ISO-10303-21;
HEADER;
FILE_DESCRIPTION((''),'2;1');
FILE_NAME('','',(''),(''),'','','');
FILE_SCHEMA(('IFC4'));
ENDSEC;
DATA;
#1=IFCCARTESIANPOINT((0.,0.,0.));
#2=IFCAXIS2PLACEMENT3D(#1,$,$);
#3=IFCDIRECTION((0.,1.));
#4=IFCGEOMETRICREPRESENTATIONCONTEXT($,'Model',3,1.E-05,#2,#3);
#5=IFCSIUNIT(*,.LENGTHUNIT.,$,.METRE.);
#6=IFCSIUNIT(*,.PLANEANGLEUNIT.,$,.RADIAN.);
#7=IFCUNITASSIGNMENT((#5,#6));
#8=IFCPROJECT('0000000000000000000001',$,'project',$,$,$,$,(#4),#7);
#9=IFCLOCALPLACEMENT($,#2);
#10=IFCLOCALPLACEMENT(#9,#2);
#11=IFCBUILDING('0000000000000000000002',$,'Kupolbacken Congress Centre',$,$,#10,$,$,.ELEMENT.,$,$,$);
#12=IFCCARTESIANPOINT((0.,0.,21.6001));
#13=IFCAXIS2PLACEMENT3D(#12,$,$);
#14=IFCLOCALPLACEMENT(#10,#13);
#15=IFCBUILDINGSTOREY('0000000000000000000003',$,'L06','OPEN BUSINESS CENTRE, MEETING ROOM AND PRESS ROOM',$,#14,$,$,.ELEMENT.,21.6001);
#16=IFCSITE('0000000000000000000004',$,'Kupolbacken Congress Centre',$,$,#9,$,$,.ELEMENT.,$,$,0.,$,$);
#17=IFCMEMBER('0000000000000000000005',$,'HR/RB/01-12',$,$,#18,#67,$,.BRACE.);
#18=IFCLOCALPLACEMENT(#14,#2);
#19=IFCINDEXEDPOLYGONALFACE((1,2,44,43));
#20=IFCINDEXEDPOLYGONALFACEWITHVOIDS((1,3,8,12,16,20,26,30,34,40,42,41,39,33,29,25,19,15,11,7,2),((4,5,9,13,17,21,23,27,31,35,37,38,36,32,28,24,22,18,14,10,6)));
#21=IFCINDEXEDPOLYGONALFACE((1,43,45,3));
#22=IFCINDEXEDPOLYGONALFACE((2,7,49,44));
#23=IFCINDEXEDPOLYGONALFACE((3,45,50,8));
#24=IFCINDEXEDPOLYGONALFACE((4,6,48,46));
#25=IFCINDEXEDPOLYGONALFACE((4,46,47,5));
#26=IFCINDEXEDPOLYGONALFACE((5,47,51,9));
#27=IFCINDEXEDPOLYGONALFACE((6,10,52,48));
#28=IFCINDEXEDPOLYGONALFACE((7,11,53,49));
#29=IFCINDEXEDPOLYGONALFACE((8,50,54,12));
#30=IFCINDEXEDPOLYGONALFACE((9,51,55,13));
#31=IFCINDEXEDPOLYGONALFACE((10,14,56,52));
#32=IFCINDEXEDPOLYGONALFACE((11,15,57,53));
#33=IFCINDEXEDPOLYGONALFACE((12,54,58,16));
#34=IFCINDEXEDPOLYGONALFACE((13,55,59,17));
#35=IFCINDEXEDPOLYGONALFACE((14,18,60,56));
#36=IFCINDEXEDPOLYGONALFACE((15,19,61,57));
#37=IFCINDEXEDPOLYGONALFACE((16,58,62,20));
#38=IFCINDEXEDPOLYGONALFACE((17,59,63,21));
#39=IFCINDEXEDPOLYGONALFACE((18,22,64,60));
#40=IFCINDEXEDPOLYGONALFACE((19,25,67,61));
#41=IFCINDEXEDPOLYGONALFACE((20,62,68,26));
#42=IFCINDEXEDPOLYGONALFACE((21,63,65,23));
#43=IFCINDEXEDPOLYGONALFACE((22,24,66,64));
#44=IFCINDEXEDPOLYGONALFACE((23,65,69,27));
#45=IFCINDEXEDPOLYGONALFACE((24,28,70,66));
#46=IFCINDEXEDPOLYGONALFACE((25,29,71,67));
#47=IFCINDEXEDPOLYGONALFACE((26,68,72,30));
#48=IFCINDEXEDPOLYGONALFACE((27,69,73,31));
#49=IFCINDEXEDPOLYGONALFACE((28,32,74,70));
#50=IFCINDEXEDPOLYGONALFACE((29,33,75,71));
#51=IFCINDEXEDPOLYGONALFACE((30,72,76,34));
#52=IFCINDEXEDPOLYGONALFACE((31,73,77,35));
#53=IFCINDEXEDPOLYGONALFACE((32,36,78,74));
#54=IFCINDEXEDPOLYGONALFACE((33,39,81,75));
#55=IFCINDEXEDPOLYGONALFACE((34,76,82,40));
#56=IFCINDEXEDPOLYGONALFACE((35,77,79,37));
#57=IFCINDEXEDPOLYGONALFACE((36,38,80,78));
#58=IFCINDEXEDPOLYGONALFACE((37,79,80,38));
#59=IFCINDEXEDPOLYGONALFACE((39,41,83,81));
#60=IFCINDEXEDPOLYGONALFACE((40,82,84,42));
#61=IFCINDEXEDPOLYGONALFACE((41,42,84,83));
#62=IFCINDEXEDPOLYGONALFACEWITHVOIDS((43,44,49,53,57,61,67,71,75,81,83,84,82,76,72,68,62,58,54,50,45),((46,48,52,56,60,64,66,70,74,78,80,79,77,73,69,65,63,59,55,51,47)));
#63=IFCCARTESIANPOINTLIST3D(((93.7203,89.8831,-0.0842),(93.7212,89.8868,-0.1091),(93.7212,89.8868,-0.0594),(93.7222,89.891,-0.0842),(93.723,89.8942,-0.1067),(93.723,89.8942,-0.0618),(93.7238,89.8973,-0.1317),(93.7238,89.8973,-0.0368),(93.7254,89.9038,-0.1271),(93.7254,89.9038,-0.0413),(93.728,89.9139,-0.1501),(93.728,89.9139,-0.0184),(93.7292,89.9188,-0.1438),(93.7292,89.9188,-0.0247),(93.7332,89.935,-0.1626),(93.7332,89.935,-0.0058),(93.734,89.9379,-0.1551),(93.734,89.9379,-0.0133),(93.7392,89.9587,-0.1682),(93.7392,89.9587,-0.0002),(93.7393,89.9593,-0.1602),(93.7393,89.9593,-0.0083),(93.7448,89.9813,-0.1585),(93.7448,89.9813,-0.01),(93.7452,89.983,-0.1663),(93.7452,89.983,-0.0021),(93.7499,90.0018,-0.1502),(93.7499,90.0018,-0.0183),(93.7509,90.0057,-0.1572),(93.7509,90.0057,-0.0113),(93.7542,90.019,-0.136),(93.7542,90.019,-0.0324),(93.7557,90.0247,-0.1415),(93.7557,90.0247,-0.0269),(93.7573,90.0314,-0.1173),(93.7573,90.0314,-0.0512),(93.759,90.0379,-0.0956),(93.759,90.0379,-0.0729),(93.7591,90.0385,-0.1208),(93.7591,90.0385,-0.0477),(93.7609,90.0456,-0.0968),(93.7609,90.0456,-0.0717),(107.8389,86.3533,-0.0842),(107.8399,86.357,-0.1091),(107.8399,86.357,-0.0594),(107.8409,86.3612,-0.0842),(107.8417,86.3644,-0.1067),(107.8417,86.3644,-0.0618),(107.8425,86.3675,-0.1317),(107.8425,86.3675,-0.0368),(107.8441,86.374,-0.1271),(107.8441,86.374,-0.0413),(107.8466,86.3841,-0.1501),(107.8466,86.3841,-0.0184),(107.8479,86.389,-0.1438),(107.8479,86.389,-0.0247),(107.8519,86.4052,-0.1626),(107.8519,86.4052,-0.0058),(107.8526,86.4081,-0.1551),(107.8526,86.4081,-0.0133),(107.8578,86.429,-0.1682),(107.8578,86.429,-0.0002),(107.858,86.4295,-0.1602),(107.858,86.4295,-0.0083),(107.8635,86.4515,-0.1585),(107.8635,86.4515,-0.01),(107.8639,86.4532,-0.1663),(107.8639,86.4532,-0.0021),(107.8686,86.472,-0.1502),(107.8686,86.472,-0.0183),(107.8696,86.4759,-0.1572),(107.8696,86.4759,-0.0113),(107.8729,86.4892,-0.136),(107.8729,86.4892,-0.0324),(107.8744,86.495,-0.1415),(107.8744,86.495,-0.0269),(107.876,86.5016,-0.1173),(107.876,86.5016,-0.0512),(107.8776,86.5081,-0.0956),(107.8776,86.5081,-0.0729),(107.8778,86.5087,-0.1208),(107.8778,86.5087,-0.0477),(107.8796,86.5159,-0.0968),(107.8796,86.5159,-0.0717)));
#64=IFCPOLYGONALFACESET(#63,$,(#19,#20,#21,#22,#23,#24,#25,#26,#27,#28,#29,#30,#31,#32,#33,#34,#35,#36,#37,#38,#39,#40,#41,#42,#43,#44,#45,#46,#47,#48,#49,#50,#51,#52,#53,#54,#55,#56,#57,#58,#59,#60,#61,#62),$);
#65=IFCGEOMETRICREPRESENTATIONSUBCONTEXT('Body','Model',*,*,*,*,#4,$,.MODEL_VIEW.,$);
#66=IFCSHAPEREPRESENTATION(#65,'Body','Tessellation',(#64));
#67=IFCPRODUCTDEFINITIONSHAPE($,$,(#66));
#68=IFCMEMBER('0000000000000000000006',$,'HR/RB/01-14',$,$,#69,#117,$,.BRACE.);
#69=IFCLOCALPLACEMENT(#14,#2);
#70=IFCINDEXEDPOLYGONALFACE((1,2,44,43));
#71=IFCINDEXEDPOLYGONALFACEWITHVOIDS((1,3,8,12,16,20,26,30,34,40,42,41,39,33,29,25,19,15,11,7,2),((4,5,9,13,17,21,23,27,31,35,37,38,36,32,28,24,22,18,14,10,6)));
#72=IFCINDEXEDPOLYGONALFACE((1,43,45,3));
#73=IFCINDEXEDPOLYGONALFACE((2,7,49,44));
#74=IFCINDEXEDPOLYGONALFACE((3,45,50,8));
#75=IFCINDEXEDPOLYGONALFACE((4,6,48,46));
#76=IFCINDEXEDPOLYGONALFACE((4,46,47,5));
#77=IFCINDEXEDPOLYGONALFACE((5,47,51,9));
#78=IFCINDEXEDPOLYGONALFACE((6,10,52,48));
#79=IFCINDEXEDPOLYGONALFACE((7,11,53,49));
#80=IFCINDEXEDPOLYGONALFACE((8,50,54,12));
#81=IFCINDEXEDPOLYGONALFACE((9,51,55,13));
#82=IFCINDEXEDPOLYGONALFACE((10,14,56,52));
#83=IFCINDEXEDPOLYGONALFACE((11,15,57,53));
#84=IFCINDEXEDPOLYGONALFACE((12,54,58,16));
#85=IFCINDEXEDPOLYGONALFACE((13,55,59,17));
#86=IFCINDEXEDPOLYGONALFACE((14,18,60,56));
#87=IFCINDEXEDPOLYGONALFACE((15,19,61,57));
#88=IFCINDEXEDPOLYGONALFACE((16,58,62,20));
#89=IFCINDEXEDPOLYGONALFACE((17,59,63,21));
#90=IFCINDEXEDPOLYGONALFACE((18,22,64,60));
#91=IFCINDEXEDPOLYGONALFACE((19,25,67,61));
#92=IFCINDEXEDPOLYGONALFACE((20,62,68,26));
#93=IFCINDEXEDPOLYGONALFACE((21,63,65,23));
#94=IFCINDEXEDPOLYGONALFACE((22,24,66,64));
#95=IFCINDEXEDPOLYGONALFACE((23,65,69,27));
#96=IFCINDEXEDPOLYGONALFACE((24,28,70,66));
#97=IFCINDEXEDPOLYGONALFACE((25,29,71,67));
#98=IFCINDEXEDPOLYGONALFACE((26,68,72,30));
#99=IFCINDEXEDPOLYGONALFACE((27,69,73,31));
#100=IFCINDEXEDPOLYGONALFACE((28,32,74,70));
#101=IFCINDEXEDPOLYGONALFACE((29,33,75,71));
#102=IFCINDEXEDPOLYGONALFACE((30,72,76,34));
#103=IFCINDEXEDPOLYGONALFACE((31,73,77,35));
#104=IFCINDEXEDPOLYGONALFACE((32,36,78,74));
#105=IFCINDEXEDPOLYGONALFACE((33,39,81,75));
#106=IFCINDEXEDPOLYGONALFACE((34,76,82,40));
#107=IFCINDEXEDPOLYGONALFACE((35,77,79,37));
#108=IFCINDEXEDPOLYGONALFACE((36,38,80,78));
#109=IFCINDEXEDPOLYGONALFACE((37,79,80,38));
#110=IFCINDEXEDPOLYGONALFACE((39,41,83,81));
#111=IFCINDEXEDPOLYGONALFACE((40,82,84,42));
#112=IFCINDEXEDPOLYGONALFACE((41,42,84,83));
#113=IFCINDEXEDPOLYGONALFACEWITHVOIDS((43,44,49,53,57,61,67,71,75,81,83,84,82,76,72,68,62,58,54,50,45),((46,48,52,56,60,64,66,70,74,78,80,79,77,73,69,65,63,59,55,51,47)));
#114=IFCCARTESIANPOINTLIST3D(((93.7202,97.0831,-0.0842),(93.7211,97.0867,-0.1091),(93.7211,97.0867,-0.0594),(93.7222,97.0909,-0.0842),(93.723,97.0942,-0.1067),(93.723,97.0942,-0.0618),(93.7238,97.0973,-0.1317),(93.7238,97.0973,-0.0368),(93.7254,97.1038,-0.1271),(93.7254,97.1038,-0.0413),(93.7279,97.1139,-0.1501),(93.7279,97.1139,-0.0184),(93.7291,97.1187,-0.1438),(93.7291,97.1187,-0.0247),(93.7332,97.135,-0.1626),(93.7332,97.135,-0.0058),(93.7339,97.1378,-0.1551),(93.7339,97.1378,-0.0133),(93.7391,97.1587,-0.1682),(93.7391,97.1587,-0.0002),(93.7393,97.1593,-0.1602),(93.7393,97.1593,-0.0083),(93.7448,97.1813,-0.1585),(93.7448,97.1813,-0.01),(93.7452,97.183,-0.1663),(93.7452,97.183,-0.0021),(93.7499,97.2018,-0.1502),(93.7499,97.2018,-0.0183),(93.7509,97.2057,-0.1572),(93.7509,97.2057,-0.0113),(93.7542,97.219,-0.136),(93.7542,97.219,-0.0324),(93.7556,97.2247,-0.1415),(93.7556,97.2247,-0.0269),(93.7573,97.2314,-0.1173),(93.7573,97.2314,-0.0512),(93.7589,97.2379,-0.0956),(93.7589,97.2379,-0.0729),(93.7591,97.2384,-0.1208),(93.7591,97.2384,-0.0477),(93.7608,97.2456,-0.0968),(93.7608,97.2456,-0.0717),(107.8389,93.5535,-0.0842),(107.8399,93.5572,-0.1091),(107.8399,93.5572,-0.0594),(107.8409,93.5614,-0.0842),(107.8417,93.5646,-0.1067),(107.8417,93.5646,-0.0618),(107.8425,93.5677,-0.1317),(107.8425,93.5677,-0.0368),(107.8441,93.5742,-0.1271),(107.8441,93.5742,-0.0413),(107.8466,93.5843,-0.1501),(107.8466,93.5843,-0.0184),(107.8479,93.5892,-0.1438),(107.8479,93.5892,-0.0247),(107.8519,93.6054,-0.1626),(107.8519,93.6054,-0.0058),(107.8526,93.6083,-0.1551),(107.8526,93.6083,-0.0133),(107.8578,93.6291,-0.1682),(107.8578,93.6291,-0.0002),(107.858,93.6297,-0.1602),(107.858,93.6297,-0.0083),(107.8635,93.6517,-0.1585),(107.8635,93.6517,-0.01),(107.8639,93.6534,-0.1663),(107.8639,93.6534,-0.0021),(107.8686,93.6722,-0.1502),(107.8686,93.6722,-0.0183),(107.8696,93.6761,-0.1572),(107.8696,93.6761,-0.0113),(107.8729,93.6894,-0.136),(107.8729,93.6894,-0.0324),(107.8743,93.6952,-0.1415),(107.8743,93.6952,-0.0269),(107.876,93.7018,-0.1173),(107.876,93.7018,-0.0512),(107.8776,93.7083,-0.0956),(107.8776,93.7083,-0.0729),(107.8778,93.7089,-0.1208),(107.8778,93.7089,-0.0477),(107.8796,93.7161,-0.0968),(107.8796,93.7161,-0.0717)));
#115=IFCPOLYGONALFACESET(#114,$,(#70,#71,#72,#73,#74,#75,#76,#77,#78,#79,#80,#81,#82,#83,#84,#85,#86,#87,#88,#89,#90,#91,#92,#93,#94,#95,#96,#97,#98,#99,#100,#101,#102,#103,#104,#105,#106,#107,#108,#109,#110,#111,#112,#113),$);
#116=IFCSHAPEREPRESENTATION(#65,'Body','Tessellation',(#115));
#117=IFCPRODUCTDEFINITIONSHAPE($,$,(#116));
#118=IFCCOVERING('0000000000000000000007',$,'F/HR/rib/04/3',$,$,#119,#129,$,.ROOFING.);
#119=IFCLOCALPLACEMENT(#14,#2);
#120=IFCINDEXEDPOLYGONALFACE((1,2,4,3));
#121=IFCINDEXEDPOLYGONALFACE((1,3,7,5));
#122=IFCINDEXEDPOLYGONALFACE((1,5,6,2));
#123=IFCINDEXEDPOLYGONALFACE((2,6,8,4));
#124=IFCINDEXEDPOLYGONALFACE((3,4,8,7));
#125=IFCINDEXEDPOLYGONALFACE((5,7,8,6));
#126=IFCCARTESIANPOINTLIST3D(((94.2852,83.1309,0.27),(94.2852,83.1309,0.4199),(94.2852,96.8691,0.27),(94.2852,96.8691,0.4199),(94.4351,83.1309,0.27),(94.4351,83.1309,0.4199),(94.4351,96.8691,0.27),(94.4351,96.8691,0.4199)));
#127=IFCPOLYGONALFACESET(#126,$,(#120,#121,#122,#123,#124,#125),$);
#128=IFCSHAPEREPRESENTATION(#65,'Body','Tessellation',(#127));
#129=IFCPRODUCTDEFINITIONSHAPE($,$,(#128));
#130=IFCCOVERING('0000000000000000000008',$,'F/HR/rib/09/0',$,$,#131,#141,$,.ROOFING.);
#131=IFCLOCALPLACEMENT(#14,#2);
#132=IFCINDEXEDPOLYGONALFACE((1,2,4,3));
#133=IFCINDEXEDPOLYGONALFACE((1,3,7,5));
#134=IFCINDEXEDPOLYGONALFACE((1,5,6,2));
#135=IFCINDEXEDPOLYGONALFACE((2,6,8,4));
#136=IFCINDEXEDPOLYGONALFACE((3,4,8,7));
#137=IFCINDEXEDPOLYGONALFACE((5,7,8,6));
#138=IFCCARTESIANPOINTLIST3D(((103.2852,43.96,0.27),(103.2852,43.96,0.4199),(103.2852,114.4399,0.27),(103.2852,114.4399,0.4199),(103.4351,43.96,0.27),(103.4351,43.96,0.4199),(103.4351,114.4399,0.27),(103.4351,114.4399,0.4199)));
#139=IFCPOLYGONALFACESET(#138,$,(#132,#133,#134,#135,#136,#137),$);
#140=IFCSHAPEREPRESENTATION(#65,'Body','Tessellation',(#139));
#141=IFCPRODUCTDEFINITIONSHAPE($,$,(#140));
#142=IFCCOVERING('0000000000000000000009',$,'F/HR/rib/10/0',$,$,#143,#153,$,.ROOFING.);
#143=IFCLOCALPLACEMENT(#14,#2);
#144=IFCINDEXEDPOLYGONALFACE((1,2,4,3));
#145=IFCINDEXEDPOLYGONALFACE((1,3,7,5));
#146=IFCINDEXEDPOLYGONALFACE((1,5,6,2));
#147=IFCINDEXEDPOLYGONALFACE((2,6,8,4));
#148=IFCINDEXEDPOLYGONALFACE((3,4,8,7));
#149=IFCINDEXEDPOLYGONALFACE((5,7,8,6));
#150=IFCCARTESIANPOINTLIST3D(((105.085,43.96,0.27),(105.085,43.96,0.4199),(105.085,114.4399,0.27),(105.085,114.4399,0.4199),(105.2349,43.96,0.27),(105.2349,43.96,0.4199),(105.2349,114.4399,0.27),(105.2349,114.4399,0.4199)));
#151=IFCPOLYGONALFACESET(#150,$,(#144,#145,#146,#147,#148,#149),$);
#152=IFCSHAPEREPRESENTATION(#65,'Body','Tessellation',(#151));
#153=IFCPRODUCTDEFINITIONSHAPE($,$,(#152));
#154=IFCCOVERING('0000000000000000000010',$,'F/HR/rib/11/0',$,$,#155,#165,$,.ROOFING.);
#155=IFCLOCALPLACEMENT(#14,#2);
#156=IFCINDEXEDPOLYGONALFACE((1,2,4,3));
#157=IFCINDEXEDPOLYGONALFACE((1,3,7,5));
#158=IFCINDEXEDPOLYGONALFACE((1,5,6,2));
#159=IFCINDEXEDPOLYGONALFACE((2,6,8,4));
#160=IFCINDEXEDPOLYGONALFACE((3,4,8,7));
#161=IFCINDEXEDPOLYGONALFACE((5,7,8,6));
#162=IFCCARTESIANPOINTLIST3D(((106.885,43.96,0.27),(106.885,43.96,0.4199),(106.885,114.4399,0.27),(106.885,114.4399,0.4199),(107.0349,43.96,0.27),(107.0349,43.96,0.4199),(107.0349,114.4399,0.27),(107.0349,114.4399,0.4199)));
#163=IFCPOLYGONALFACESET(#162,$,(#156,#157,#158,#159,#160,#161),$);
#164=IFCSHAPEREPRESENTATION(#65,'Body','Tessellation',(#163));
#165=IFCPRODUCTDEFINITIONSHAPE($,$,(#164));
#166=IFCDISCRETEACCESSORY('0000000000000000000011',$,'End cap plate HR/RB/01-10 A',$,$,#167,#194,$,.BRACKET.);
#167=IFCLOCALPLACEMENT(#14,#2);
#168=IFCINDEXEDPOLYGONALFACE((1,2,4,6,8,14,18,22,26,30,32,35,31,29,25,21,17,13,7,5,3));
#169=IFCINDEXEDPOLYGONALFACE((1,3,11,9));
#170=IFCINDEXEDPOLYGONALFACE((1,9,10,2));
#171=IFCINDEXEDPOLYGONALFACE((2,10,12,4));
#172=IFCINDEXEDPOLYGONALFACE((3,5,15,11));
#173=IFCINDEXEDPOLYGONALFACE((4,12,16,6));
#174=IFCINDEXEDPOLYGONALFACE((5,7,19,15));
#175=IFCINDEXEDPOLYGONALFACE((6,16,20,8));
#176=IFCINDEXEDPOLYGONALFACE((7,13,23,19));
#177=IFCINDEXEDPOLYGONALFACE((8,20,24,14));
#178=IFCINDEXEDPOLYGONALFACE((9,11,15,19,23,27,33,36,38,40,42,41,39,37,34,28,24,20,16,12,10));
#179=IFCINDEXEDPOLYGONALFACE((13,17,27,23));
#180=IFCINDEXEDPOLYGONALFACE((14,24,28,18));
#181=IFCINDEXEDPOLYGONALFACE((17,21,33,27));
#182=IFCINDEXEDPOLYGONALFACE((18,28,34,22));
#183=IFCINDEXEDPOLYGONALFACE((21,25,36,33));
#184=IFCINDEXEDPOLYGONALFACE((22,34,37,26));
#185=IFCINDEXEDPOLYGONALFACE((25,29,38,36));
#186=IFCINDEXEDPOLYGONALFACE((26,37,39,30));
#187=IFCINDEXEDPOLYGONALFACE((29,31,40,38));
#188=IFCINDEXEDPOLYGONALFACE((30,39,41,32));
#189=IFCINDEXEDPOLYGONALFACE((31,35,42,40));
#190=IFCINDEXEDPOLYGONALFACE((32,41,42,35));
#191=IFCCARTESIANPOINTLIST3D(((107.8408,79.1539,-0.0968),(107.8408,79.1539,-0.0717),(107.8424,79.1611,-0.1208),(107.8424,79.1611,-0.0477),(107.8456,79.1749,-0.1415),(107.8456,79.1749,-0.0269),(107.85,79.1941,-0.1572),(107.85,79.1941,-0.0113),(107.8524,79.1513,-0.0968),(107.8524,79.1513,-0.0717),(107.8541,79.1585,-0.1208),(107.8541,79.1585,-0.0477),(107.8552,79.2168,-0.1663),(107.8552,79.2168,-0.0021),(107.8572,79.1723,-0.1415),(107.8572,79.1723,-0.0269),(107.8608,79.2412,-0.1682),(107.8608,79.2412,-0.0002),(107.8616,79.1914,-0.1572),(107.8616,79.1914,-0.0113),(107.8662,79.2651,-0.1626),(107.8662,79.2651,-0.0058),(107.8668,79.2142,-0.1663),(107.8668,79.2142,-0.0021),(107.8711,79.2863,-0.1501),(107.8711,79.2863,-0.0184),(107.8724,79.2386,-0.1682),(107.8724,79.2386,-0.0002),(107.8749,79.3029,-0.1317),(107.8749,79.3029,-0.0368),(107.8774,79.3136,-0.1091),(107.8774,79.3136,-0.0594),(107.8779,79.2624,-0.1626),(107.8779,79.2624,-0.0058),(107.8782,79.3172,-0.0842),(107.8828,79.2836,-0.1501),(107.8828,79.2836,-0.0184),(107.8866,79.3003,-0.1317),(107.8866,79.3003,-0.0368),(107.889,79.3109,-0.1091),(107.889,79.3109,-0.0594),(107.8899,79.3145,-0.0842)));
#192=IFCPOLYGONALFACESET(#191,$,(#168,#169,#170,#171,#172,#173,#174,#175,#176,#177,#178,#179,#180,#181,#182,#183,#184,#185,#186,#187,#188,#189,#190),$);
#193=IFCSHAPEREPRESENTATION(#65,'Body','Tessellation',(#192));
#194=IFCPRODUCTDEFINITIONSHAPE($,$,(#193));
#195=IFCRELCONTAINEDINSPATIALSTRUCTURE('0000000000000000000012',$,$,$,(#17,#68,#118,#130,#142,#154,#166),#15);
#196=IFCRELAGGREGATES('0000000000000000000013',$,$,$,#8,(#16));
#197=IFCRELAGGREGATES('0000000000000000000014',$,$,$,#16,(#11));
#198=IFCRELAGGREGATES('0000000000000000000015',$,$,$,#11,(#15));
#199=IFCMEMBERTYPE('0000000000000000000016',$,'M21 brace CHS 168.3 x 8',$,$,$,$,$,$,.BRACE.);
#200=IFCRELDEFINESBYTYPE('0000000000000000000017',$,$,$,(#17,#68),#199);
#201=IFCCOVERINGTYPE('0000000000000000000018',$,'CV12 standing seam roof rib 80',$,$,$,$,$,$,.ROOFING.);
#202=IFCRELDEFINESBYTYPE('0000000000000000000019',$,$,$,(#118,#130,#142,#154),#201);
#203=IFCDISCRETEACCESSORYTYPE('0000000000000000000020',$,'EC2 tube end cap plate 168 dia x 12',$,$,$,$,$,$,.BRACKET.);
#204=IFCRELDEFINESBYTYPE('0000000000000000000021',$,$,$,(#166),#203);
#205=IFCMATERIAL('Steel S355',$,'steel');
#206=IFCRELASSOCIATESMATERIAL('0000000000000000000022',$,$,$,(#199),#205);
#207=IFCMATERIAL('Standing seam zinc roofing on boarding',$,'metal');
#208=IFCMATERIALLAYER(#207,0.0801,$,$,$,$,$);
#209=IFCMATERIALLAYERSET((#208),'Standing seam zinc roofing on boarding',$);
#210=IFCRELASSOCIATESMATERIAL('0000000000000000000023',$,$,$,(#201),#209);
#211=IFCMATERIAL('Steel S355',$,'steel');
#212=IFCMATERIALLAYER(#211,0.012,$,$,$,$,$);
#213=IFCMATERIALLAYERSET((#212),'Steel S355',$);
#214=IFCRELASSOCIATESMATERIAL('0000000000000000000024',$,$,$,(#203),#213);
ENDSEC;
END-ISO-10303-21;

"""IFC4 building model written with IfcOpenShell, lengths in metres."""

from ifc_helpers import new_model, si_unit, direction, frame, origin, origin_2d, place, context, subcontext, project, spatial, rectangle, circle, hollow_circle, extrude, material, layer, layer_set, material_profile, profile_set, type_object, element, save


model = new_model("IFC4")

# Units and contexts
model_context = context("Model", 3, precision=1e-05, world=origin(), true_north=direction((0.0, 1.0)))
body_context = subcontext(model_context, "Body", "Model", "MODEL_VIEW")
ifc_project = project(units=[si_unit("LENGTHUNIT", "METRE"), si_unit("PLANEANGLEUNIT", "RADIAN")], contexts=[model_context])

# Site, building, storey
site_placement = place(None, origin())
site = spatial("IfcSite", under=ifc_project, at=site_placement, Name="Kupolbacken Congress Centre", CompositionType="ELEMENT", RefElevation=0.0)
building_placement = place(site_placement, origin())
building = spatial("IfcBuilding", under=site, at=building_placement, Name="Kupolbacken Congress Centre", CompositionType="ELEMENT")
storey_placement = place(building_placement, frame((0.0, 0.0, 21.6001)))
storey = spatial("IfcBuildingStorey", under=building, at=storey_placement, Name="L06", Description="OPEN BUSINESS CENTRE, MEETING ROOM AND PRESS ROOM", CompositionType="ELEMENT", Elevation=21.6001)

# Members
ifc_material_1 = material(Name="Steel S355", Category="steel")
ifc_material_profile_1 = material_profile(ifc_material_1, hollow_circle(Radius=0.0842, WallThickness=0.0081, at=origin_2d()), Name="CHS 168.3 x 8")
ifc_profile_set_1 = profile_set([ifc_material_profile_1], Name="Steel S355")
member_type_1 = type_object("IfcMemberType", Name="M21 brace CHS 168.3 x 8", PredefinedType="BRACE", material=ifc_profile_set_1)
for number, where, z_axis, x_axis, name in (
    (1, (107.8594, 86.4351, -0.0842), (-0.970141, 0.242544, 0.0), (-0.242544, -0.970141, 0.0), "HR/RB/01-12"),
    (2, (107.8594, 93.6353, -0.0842), (-0.970144, 0.242528, 0.0), (-0.242528, -0.970144, 0.0), "HR/RB/01-14"),
):
    element("IfcMember", number, at=place(storey_placement, frame(where, z_axis=z_axis, x_axis=x_axis)), inside=storey, type_object=member_type_1, Name=name, PredefinedType="BRACE", context=body_context, shape_type="SweptSolid", body=[
        extrude(hollow_circle(Radius=0.0842, WallThickness=0.0081, at=origin_2d()), origin(), (0.0, 0.0, 1.0), 14.5532),
    ])

# Coverings
ifc_material_2 = material(Name="Standing seam zinc roofing on boarding", Category="metal")
ifc_layer_1 = layer(ifc_material_2, 0.0801)
ifc_layer_set_1 = layer_set([ifc_layer_1], Name="Standing seam zinc roofing on boarding")
covering_type = type_object("IfcCoveringType", Name="CV12 standing seam roof rib 80", PredefinedType="ROOFING", material=ifc_layer_set_1)
covering_placement = place(storey_placement, frame((94.3601, 90.0, 0.27), z_axis=(0.0, 0.0, 1.0), x_axis=(0.0, 1.0, 0.0)))
element("IfcCovering", 3, at=covering_placement, inside=storey, type_object=covering_type, Name="F/HR/rib/04/3", PredefinedType="ROOFING", context=body_context, shape_type="SweptSolid", body=[
    extrude(rectangle(XDim=13.7383, YDim=0.1499, at=origin_2d()), origin(), (0.0, 0.0, 1.0), 0.1499),
])
for number, where, z_axis, x_axis, name in (
    (4, (103.3601, 79.2, 0.27), (0.0, 0.0, 1.0), (0.0, 1.0, 0.0), "F/HR/rib/09/0"),
    (5, (105.1599, 79.2, 0.27), (0.0, 0.0, 1.0), (0.0, 1.0, 0.0), "F/HR/rib/10/0"),
    (6, (106.96, 79.2, 0.27), (0.0, 0.0, 1.0), (0.0, 1.0, 0.0), "F/HR/rib/11/0"),
):
    element("IfcCovering", number, at=place(storey_placement, frame(where, z_axis=z_axis, x_axis=x_axis)), inside=storey, type_object=covering_type, Name=name, PredefinedType="ROOFING", context=body_context, shape_type="SweptSolid", body=[
        extrude(rectangle(XDim=70.48, YDim=0.1499, at=origin_2d()), origin(), (0.0, 0.0, 1.0), 0.1499),
    ])

# Discrete accessory
ifc_material_3 = material(Name="Steel S355", Category="steel")
ifc_layer_2 = layer(ifc_material_3, 0.012)
ifc_layer_set_2 = layer_set([ifc_layer_2], Name="Steel S355")
discrete_accessory_type = type_object("IfcDiscreteAccessoryType", Name="EC2 tube end cap plate 168 dia x 12", PredefinedType="BRACKET", material=ifc_layer_set_2)
for number, where, z_axis, x_axis, name in (
    (7, (107.8594, 79.2351, -0.0842), (0.974732, -0.223376, 0.0), (0.223376, 0.974732, 0.0), "End cap plate HR/RB/01-10 A"),
):
    element("IfcDiscreteAccessory", number, at=place(storey_placement, frame(where, z_axis=z_axis, x_axis=x_axis)), inside=storey, type_object=discrete_accessory_type, Name=name, PredefinedType="BRACKET", context=body_context, shape_type="SweptSolid", body=[
        extrude(circle(Radius=0.0842, at=origin_2d()), origin(), (0.0, 0.0, 1.0), 0.012),
    ])

save(model, "model.ifc")
